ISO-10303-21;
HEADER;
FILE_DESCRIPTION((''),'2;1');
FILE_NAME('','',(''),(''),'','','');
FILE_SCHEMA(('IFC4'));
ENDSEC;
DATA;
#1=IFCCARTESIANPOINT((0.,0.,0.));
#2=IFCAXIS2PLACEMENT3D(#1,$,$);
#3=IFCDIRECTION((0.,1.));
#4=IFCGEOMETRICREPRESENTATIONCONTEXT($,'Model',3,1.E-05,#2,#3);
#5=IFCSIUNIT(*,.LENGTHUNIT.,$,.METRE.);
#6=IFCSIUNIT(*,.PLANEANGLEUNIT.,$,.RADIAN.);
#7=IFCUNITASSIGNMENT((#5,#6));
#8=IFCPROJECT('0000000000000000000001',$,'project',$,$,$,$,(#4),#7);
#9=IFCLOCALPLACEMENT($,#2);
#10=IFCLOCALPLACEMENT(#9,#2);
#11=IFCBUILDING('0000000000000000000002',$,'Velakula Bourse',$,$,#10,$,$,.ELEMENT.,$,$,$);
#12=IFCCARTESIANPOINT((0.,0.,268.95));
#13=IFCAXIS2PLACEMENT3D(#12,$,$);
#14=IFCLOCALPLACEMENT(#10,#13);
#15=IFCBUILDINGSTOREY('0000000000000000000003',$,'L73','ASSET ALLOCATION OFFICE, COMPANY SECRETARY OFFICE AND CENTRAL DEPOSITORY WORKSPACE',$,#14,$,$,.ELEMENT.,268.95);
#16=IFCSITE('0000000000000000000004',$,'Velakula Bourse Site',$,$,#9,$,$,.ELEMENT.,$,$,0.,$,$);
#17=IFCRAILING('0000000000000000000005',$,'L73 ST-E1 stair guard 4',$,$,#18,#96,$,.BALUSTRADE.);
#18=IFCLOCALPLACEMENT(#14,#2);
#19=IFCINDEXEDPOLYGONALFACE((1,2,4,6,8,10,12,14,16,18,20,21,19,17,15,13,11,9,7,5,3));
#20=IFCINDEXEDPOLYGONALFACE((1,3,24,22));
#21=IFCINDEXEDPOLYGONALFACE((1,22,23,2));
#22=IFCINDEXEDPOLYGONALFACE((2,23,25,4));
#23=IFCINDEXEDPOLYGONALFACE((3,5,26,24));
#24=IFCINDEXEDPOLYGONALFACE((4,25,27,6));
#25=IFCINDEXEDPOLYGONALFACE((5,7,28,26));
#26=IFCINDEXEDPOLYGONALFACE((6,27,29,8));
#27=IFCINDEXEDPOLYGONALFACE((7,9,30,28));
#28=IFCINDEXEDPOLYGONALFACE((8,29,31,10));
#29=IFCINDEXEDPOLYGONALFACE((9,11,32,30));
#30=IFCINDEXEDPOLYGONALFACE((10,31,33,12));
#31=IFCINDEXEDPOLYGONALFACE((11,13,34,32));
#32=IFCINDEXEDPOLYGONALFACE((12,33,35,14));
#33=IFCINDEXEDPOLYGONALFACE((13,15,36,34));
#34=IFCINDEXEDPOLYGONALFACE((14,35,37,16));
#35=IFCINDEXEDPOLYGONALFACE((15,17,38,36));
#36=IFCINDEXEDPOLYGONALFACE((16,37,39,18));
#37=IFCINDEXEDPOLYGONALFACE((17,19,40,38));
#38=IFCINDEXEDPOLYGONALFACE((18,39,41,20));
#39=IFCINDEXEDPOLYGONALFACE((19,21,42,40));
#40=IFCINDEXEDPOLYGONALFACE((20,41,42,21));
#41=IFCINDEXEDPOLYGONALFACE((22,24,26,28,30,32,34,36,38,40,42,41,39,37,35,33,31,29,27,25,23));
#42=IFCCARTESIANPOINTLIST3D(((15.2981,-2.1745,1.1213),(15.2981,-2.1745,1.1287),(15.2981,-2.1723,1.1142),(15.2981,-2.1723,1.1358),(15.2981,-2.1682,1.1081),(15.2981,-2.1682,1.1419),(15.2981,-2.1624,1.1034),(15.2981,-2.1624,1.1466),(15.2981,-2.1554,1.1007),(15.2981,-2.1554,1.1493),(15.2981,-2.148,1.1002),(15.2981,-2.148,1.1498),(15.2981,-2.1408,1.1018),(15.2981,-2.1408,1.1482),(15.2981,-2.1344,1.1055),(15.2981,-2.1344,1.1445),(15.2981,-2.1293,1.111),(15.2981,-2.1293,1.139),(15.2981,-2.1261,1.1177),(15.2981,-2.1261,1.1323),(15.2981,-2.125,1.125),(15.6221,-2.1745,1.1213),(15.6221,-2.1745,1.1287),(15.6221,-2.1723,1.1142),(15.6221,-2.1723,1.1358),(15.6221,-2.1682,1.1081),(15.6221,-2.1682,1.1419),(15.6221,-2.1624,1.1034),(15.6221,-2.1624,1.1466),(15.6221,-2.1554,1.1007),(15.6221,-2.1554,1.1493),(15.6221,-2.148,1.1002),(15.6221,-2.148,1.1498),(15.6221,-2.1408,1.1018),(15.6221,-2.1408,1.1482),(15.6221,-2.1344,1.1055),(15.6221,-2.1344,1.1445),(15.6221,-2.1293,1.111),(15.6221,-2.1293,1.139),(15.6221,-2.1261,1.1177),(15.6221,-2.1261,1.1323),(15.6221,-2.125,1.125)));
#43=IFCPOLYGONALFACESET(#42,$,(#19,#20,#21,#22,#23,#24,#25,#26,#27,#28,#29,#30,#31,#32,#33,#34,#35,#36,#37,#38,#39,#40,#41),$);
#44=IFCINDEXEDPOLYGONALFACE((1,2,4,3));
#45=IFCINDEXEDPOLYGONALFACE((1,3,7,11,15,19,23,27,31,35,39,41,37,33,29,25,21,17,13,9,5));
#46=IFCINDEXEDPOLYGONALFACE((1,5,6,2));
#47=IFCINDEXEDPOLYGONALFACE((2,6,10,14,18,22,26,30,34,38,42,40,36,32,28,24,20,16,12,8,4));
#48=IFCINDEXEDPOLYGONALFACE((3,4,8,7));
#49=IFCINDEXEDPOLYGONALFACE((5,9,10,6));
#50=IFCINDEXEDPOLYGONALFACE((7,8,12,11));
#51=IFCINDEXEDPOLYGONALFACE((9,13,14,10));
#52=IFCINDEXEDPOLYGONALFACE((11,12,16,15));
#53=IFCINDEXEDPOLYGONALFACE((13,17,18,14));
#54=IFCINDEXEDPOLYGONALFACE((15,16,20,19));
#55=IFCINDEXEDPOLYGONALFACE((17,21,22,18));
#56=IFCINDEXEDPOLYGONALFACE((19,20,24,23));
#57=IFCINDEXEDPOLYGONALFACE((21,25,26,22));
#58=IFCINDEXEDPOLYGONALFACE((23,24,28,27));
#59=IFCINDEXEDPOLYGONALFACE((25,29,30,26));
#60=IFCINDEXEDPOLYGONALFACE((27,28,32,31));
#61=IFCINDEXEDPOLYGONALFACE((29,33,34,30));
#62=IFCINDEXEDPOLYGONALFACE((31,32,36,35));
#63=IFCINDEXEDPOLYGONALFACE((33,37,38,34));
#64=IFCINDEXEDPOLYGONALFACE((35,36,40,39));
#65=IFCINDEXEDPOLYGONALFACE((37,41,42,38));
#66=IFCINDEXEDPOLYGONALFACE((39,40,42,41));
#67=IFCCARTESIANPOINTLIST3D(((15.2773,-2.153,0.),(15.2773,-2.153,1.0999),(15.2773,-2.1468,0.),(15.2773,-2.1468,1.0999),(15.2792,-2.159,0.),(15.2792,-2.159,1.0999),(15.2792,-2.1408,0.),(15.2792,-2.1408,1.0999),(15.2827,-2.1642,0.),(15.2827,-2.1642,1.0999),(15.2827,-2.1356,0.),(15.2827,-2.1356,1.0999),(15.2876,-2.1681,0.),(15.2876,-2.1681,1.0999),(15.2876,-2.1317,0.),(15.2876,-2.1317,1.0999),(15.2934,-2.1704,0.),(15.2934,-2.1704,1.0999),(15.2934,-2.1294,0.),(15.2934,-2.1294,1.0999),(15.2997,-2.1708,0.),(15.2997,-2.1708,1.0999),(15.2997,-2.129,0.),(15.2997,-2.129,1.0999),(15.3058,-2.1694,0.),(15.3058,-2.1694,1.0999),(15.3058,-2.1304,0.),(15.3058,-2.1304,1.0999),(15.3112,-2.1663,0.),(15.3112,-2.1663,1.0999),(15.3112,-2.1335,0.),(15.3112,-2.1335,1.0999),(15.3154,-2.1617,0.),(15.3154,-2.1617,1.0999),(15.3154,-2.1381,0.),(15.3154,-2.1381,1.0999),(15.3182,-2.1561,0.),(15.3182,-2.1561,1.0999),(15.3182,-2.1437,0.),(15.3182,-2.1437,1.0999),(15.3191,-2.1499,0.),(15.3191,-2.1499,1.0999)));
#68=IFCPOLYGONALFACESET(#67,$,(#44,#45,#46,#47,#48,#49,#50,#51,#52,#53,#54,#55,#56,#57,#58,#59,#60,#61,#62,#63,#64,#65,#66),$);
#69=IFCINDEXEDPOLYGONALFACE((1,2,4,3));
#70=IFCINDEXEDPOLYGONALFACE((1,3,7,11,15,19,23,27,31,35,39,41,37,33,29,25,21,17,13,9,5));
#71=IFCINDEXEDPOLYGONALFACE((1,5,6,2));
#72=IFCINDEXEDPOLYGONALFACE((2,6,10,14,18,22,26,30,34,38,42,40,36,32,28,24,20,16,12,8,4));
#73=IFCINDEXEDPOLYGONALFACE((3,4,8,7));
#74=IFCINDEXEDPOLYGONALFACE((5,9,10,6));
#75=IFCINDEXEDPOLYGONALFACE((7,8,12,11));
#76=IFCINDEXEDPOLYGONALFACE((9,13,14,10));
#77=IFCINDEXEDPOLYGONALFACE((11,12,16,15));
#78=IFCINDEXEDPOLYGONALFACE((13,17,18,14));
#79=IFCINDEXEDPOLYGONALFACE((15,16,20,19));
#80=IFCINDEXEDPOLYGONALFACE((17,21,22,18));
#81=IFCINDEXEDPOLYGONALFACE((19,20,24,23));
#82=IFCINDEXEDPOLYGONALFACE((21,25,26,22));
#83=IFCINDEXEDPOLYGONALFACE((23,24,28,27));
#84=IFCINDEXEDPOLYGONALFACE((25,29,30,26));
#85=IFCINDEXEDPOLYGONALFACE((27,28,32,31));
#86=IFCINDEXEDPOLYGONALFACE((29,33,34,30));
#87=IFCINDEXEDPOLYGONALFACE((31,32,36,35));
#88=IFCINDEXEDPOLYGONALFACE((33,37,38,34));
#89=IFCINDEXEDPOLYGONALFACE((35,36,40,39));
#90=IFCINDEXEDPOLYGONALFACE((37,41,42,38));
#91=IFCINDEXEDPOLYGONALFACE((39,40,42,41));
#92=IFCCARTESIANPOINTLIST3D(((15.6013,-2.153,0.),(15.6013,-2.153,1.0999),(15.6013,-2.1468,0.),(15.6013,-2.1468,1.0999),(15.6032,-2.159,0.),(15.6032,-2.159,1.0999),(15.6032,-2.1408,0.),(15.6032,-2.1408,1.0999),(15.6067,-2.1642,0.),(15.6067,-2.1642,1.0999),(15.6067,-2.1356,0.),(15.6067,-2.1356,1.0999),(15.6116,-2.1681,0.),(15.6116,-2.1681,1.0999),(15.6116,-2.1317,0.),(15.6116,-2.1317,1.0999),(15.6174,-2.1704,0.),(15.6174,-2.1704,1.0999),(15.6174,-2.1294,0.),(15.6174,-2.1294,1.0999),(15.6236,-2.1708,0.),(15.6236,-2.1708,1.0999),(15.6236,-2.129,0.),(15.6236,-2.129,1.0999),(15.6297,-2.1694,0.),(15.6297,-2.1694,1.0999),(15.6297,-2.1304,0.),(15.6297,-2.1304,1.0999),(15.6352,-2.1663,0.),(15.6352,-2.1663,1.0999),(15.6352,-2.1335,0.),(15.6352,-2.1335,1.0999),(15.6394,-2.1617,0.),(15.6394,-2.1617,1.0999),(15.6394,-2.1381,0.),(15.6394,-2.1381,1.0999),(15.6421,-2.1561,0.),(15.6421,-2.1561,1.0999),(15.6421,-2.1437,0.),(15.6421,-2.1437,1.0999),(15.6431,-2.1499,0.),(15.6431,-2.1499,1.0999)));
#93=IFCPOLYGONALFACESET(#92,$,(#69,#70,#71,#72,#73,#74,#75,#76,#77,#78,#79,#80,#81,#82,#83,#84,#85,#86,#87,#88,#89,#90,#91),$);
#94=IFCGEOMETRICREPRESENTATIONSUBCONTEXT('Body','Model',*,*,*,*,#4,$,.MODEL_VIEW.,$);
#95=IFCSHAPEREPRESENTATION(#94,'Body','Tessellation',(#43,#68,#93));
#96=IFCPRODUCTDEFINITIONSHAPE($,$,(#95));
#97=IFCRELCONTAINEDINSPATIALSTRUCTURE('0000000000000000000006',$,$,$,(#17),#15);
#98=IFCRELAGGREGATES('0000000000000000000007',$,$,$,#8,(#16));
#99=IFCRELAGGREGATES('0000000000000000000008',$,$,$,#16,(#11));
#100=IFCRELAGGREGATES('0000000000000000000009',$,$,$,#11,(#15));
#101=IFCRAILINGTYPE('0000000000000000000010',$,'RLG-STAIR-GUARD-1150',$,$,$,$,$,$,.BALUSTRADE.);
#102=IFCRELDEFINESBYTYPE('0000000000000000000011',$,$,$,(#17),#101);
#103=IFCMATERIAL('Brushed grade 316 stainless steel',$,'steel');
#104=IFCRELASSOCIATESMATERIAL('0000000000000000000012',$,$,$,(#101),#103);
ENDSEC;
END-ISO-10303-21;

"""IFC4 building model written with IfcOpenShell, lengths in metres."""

from ifc_helpers import new_model, si_unit, direction, frame, origin, origin_2d, place, context, subcontext, project, spatial, circle, extrude, material, type_object, element, save


model = new_model("IFC4")

# Units and contexts
model_context = context("Model", 3, precision=1e-05, world=origin(), true_north=direction((0.0, 1.0)))
body_context = subcontext(model_context, "Body", "Model", "MODEL_VIEW")
ifc_project = project(units=[si_unit("LENGTHUNIT", "METRE"), si_unit("PLANEANGLEUNIT", "RADIAN")], contexts=[model_context])

# Site, building, storey
site_placement = place(None, origin())
site = spatial("IfcSite", under=ifc_project, at=site_placement, Name="Velakula Bourse Site", CompositionType="ELEMENT", RefElevation=0.0)
building_placement = place(site_placement, origin())
building = spatial("IfcBuilding", under=site, at=building_placement, Name="Velakula Bourse", CompositionType="ELEMENT")
storey_placement = place(building_placement, frame((0.0, 0.0, 268.95)))
storey = spatial("IfcBuildingStorey", under=building, at=storey_placement, Name="L73", Description="ASSET ALLOCATION OFFICE, COMPANY SECRETARY OFFICE AND CENTRAL DEPOSITORY WORKSPACE", CompositionType="ELEMENT", Elevation=268.95)

# Shared definitions
ifc_material_1 = material(Name="Brushed grade 316 stainless steel", Category="steel")

# Railing
railing_type_1 = type_object("IfcRailingType", Name="RLG-STAIR-GUARD-1150", PredefinedType="BALUSTRADE", material=ifc_material_1)
railing_1_placement = place(storey_placement, frame((15.2981, -2.1499, 0.0)))
element("IfcRailing", 1, at=railing_1_placement, inside=storey, type_object=railing_type_1, Name="L73 ST-E1 stair guard 4", PredefinedType="BALUSTRADE", context=body_context, shape_type="SweptSolid", body=[
    extrude(circle(Radius=0.0249, at=origin_2d()), frame((0.0, 0.0, 1.125), z_axis=(1.0, 0.0, 0.0), x_axis=(0.0, 1.0, 0.0)), (0.0, 0.0, 1.0), 0.324),
    extrude(circle(Radius=0.021, at=origin_2d()), origin(), (0.0, 0.0, 1.0), 1.0999),
    extrude(circle(Radius=0.021, at=origin_2d()), frame((0.324, 0.0, 0.0)), (0.0, 0.0, 1.0), 1.0999),
])

save(model, "model.ifc")
